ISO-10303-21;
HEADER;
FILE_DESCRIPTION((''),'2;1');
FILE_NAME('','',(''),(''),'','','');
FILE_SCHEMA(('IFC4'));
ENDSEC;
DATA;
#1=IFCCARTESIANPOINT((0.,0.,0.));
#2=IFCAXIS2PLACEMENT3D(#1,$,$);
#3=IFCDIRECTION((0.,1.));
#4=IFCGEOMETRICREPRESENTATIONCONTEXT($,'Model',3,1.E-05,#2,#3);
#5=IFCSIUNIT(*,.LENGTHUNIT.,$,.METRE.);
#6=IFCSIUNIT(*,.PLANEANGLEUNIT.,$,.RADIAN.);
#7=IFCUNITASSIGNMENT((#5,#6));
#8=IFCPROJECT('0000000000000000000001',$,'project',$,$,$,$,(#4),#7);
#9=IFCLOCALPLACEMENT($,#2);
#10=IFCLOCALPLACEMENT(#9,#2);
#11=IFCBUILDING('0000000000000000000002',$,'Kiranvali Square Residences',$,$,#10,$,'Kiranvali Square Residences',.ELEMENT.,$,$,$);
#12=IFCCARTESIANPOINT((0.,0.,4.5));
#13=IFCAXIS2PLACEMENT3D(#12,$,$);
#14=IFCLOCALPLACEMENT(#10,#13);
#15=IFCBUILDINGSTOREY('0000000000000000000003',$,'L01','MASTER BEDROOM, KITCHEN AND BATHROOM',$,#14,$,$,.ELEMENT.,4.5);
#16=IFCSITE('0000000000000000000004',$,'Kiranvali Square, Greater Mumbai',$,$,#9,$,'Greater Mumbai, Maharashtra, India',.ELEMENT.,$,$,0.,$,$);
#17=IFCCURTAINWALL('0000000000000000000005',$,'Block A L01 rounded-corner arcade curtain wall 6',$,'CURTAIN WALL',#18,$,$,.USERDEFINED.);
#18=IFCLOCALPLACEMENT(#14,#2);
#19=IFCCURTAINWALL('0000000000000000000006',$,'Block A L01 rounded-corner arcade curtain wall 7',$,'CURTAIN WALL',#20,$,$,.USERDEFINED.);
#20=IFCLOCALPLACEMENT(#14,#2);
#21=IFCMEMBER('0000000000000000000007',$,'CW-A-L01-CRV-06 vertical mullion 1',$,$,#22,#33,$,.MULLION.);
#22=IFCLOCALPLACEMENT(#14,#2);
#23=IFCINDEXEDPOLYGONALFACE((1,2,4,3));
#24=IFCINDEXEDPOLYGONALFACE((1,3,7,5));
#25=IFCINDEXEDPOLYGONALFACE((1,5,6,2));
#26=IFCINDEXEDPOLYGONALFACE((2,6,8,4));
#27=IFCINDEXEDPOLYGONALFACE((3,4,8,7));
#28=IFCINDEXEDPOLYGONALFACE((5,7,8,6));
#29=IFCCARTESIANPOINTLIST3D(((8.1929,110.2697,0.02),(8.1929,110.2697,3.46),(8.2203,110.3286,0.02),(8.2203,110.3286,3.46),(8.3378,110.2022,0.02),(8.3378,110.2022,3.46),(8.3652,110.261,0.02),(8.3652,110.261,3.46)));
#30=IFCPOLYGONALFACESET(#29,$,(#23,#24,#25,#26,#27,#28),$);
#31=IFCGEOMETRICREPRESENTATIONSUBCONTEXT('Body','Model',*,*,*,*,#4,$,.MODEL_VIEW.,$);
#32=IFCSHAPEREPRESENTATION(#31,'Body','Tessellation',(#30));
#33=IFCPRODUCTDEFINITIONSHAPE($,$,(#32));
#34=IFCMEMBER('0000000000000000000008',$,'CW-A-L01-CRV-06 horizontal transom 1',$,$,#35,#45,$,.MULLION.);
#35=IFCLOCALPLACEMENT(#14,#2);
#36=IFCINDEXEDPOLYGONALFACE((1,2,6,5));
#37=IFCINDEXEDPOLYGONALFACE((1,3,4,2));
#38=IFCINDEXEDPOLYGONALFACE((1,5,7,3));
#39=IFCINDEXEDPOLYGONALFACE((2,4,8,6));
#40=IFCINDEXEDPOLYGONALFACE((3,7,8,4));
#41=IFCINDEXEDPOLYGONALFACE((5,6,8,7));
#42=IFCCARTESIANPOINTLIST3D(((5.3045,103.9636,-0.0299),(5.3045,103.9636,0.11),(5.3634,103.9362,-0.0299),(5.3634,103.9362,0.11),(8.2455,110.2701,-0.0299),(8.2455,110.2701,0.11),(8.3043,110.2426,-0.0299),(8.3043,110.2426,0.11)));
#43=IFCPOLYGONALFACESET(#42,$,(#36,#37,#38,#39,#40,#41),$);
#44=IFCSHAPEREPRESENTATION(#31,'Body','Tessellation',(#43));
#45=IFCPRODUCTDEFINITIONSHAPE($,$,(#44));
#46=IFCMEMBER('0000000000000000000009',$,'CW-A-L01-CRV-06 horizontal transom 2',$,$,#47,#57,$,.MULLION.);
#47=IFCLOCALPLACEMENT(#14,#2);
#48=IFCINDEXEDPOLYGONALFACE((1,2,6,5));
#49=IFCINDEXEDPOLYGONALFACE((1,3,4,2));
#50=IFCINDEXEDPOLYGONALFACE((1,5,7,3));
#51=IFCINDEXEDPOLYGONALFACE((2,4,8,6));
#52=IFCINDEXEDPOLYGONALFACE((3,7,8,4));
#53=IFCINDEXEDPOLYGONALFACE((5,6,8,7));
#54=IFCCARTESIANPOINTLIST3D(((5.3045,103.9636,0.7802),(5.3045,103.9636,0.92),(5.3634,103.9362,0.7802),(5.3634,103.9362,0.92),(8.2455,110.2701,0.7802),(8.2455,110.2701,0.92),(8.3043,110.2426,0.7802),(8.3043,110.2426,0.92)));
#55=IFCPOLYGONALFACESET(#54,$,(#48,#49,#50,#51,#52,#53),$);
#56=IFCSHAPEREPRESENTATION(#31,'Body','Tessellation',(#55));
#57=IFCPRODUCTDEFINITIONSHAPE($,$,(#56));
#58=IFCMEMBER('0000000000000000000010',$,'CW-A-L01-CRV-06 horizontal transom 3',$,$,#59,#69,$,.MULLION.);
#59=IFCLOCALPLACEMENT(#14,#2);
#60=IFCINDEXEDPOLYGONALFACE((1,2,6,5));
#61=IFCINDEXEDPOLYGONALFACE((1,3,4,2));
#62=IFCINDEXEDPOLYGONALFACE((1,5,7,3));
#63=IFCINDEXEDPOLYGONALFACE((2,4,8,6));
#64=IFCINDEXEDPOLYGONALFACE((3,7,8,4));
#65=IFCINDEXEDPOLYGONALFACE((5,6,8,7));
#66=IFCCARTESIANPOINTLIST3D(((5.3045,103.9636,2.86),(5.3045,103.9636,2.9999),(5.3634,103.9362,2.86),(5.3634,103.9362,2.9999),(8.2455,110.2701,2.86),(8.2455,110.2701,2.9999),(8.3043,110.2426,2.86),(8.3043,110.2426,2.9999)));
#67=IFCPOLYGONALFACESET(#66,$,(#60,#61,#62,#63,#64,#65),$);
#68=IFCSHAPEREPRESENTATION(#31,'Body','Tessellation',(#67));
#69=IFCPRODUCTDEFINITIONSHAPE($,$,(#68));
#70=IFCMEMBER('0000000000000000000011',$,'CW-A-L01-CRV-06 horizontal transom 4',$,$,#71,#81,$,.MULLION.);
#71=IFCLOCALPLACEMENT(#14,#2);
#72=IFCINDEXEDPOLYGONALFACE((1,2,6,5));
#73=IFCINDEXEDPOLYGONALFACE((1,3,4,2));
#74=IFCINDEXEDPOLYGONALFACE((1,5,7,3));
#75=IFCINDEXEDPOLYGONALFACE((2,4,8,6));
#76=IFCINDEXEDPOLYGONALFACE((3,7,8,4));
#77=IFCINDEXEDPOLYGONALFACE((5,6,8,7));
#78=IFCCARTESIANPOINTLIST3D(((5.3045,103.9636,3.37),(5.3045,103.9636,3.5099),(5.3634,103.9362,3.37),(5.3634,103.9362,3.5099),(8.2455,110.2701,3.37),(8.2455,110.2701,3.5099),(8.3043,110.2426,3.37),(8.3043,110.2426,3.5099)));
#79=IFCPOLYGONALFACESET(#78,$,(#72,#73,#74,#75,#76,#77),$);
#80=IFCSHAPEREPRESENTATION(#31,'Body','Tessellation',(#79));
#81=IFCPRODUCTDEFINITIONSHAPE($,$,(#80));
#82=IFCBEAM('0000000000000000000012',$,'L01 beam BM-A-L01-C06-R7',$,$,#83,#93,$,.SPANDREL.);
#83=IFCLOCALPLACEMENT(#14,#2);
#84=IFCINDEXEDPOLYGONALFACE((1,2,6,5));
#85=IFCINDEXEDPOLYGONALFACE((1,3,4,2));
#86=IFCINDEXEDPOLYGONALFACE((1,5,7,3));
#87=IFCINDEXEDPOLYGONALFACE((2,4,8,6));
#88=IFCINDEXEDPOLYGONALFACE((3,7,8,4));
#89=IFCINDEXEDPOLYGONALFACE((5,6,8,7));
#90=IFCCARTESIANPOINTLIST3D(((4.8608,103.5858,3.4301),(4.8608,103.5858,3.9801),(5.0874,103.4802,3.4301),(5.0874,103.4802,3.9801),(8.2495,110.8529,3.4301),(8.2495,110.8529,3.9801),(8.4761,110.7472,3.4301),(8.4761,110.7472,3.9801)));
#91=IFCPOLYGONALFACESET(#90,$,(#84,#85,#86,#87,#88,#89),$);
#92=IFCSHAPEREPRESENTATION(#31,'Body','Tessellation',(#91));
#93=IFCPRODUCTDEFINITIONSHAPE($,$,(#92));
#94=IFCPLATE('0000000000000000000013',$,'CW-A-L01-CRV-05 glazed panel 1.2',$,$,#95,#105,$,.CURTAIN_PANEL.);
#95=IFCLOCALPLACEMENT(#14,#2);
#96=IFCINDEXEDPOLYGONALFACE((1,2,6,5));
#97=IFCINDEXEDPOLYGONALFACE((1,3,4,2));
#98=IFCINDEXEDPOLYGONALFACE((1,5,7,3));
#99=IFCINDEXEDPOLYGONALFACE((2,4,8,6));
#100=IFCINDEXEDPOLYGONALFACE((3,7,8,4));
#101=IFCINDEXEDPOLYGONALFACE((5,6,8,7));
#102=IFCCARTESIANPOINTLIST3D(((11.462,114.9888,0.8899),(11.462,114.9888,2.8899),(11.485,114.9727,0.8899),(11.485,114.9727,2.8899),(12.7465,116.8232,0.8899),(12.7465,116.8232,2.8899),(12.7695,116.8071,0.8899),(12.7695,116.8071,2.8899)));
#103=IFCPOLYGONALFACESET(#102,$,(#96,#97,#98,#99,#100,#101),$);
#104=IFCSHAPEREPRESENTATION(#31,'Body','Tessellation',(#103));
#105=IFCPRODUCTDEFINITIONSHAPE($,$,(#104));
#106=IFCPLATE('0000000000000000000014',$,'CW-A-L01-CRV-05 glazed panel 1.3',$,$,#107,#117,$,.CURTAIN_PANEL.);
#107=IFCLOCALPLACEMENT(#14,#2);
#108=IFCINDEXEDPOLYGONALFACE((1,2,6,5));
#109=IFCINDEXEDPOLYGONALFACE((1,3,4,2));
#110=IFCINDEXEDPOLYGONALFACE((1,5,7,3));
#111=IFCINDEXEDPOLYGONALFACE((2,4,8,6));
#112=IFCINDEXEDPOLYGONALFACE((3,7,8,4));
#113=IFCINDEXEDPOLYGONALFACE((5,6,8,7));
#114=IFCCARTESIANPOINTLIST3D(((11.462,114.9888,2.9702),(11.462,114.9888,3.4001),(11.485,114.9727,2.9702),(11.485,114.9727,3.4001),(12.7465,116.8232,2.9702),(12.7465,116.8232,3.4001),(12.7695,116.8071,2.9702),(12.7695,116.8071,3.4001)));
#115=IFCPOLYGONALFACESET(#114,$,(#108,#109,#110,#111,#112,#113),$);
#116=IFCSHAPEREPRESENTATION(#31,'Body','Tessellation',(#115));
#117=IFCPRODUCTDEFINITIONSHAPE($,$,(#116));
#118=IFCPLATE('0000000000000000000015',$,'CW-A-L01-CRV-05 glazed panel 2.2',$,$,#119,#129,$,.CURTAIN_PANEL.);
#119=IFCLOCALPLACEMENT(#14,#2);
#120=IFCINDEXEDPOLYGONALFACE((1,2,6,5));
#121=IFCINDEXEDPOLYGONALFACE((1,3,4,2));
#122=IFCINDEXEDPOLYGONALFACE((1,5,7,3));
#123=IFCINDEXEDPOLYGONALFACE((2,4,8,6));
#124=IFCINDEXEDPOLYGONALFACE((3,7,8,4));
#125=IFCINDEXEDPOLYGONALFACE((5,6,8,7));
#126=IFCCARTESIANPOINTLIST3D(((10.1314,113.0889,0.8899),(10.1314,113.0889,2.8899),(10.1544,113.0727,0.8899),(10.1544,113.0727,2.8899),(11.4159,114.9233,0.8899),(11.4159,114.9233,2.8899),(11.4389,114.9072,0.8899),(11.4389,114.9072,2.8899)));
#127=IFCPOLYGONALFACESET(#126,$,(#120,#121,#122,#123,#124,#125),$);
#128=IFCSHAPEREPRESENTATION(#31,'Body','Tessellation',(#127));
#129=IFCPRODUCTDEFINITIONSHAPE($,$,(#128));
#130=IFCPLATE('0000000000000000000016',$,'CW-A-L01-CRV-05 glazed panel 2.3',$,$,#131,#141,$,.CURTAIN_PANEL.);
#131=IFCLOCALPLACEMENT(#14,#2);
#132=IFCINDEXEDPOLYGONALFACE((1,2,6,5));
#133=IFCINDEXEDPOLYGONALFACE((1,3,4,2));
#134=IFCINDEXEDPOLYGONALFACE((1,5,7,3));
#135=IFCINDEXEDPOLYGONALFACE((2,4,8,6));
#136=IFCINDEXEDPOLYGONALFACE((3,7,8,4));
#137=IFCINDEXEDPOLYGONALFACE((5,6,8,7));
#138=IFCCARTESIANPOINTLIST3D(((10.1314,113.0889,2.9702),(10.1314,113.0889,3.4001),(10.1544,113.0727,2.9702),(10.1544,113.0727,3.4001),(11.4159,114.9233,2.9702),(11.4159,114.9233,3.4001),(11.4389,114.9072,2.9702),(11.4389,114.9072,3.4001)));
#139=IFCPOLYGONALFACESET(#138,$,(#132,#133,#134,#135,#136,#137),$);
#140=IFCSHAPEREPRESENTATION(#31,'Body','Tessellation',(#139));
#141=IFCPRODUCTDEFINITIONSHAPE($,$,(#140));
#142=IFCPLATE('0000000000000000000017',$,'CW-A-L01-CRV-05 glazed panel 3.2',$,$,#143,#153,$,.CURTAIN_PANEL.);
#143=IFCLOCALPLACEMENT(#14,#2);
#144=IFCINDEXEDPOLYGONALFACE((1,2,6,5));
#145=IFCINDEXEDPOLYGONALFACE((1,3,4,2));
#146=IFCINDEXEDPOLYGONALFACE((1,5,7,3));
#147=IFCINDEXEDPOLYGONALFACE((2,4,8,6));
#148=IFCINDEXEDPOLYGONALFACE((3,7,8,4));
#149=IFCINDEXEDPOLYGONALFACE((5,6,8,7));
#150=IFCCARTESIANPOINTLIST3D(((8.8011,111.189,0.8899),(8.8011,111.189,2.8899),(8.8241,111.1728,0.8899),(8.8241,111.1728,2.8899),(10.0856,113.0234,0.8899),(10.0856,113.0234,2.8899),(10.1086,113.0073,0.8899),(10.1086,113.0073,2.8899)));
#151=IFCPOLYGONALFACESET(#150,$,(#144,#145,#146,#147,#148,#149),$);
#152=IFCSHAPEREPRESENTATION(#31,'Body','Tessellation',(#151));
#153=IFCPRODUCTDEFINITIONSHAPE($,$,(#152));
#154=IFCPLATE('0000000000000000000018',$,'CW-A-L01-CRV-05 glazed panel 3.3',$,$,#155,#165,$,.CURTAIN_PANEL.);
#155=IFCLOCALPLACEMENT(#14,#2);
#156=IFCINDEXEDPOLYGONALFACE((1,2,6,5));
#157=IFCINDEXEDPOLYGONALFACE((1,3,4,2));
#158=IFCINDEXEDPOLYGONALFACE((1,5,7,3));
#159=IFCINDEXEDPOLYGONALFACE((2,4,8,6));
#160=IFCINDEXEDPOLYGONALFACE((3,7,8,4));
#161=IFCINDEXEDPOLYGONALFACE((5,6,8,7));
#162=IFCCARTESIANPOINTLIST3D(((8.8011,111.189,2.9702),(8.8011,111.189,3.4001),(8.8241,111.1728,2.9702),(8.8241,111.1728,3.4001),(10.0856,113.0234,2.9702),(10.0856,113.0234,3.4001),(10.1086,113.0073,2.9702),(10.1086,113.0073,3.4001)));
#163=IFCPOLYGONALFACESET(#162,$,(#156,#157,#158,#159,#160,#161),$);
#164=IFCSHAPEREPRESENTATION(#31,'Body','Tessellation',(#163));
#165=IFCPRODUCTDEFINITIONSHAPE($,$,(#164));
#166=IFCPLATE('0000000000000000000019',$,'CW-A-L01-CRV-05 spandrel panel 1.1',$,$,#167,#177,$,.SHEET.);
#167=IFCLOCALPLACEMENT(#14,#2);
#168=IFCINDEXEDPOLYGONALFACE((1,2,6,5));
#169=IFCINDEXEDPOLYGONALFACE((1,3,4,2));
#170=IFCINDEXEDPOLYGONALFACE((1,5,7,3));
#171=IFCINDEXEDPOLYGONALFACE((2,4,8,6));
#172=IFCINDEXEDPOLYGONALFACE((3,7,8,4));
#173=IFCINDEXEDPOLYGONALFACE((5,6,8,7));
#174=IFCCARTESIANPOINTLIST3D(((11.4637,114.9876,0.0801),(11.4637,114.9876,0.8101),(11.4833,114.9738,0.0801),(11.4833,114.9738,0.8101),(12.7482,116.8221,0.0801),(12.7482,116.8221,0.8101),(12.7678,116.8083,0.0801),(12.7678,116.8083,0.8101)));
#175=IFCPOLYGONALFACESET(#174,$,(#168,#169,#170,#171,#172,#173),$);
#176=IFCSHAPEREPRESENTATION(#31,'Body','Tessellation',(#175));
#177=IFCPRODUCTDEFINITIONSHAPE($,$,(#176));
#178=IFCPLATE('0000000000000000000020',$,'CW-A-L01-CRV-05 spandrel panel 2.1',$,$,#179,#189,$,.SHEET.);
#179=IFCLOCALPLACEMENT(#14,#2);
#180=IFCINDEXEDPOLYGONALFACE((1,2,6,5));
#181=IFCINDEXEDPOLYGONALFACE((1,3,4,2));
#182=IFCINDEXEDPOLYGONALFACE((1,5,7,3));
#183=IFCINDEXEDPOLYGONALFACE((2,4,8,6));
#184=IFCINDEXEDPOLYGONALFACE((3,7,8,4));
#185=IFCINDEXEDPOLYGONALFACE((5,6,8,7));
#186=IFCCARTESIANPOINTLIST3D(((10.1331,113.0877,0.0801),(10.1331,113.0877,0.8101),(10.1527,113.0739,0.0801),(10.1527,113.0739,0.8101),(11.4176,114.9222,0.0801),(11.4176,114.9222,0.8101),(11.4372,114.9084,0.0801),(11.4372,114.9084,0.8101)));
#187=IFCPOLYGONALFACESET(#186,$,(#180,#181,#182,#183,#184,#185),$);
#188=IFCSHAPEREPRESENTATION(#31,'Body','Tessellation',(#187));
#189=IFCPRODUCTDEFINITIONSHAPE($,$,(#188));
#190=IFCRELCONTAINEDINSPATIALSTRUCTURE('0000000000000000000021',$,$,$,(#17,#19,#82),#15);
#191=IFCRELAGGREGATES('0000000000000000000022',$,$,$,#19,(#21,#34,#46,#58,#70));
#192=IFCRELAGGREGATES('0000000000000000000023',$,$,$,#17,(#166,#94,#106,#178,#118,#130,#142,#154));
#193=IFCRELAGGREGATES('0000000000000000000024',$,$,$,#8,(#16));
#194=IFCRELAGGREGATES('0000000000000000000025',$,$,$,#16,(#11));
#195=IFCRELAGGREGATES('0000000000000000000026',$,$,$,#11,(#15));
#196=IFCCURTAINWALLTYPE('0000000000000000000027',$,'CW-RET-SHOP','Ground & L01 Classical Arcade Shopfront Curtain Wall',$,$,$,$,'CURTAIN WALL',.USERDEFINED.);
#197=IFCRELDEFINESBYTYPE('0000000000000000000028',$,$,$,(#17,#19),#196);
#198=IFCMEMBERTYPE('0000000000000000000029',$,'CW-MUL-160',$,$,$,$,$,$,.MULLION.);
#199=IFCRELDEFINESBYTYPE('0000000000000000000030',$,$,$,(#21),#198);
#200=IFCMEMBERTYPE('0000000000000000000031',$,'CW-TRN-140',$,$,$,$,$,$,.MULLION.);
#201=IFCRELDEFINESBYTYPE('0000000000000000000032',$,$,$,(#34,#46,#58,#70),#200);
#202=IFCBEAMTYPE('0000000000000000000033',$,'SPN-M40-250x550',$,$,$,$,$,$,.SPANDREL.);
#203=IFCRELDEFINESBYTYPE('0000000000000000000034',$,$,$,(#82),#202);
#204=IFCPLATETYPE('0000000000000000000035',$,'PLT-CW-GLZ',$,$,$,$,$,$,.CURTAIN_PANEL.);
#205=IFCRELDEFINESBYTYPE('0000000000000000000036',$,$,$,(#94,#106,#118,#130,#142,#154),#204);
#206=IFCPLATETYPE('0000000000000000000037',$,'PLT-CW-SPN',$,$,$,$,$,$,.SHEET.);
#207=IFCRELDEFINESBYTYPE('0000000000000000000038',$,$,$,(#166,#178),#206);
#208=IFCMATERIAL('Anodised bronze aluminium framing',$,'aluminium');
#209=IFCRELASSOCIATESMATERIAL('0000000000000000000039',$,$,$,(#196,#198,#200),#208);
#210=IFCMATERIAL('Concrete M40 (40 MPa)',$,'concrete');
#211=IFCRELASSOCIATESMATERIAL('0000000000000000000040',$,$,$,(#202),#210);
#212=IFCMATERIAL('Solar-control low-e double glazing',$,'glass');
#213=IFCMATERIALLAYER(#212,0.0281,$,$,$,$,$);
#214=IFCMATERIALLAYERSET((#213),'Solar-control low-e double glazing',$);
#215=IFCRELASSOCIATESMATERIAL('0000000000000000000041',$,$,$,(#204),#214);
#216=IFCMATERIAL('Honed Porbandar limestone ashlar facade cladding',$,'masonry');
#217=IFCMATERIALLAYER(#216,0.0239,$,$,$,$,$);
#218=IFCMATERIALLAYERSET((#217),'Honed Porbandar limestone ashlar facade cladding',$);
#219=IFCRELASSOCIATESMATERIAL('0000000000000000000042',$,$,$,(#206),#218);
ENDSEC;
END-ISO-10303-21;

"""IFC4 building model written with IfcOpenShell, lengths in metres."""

from ifc_helpers import new_model, si_unit, direction, frame, origin, origin_2d, place, context, subcontext, project, spatial, rectangle, extrude, material, layer, layer_set, material_profile, profile_set, type_object, element, aggregate, save


model = new_model("IFC4")

# Units and contexts
model_context = context("Model", 3, precision=1e-05, world=origin(), true_north=direction((0.0, 1.0)))
body_context = subcontext(model_context, "Body", "Model", "MODEL_VIEW")
ifc_project = project(units=[si_unit("LENGTHUNIT", "METRE"), si_unit("PLANEANGLEUNIT", "RADIAN")], contexts=[model_context])

# Site, building, storey
site_placement = place(None, origin())
site = spatial("IfcSite", under=ifc_project, at=site_placement, Name="Kiranvali Square, Greater Mumbai", LongName="Greater Mumbai, Maharashtra, India", CompositionType="ELEMENT", RefElevation=0.0)
building_placement = place(site_placement, origin())
building = spatial("IfcBuilding", under=site, at=building_placement, Name="Kiranvali Square Residences", LongName="Kiranvali Square Residences", CompositionType="ELEMENT")
storey_placement = place(building_placement, frame((0.0, 0.0, 4.5)))
storey = spatial("IfcBuildingStorey", under=building, at=storey_placement, Name="L01", Description="MASTER BEDROOM, KITCHEN AND BATHROOM", CompositionType="ELEMENT", Elevation=4.5)

# Shared definitions
ifc_material_1 = material(Name="Concrete M40 (40 MPa)", Category="concrete")

# Curtain walls, members
ifc_material_2 = material(Name="Anodised bronze aluminium framing", Category="aluminium")
curtain_wall_type = type_object("IfcCurtainWallType", Name="CW-RET-SHOP", Description="Ground & L01 Classical Arcade Shopfront Curtain Wall", ElementType="CURTAIN WALL", PredefinedType="USERDEFINED", material=ifc_material_2)
curtain_wall_1_placement = place(storey_placement, origin())
curtain_wall_1 = element("IfcCurtainWall", 1, at=curtain_wall_1_placement, inside=storey, type_object=curtain_wall_type, Name="Block A L01 rounded-corner arcade curtain wall 6", ObjectType="CURTAIN WALL", PredefinedType="USERDEFINED")
ifc_material_profile_1 = material_profile(ifc_material_2, rectangle(XDim=0.0649, YDim=0.1599, at=origin_2d()), Name="ALU 65x160")
ifc_profile_set_1 = profile_set([ifc_material_profile_1], Name="Anodised bronze aluminium framing")
member_type_1 = type_object("IfcMemberType", Name="CW-MUL-160", PredefinedType="MULLION", material=ifc_profile_set_1)
curtain_wall_2_placement = place(storey_placement, origin())
curtain_wall_2 = element("IfcCurtainWall", 2, at=curtain_wall_2_placement, inside=storey, type_object=curtain_wall_type, Name="Block A L01 rounded-corner arcade curtain wall 7", ObjectType="CURTAIN WALL", PredefinedType="USERDEFINED")
member_1_placement = place(storey_placement, frame((8.2791, 110.2654, 0.02), z_axis=(0.0, 0.0, 1.0), x_axis=(-0.422618, -0.906308, 0.0)))
member_1 = element("IfcMember", 3, at=member_1_placement, type_object=member_type_1, Name="CW-A-L01-CRV-06 vertical mullion 1", PredefinedType="MULLION", context=body_context, shape_type="SweptSolid", body=[
    extrude(rectangle(XDim=0.0649, YDim=0.1599, at=origin_2d()), origin(), (0.0, 0.0, 1.0), 3.4399),
])
ifc_material_profile_2 = material_profile(ifc_material_2, rectangle(XDim=0.0649, YDim=0.1399, at=origin_2d()), Name="ALU 65x140")
ifc_profile_set_2 = profile_set([ifc_material_profile_2], Name="Anodised bronze aluminium framing")
member_type_2 = type_object("IfcMemberType", Name="CW-TRN-140", PredefinedType="MULLION", material=ifc_profile_set_2)
member_2_placement = place(storey_placement, frame((8.2749, 110.2563, 0.04), z_axis=(-0.422642, -0.906297, 0.0), x_axis=(0.906297, -0.422642, 0.0)))
member_2 = element("IfcMember", 4, at=member_2_placement, type_object=member_type_2, Name="CW-A-L01-CRV-06 horizontal transom 1", PredefinedType="MULLION", context=body_context, shape_type="SweptSolid", body=[
    extrude(rectangle(XDim=0.0649, YDim=0.1399, at=origin_2d()), origin(), (0.0, 0.0, 1.0), 6.9585),
])
member_3_placement = place(storey_placement, frame((8.2749, 110.2563, 0.8501), z_axis=(-0.422642, -0.906297, 0.0), x_axis=(0.906297, -0.422642, 0.0)))
member_3 = element("IfcMember", 5, at=member_3_placement, type_object=member_type_2, Name="CW-A-L01-CRV-06 horizontal transom 2", PredefinedType="MULLION", context=body_context, shape_type="SweptSolid", body=[
    extrude(rectangle(XDim=0.0649, YDim=0.1399, at=origin_2d()), origin(), (0.0, 0.0, 1.0), 6.9585),
])
member_4_placement = place(storey_placement, frame((8.2749, 110.2563, 2.9299), z_axis=(-0.422642, -0.906297, 0.0), x_axis=(0.906297, -0.422642, 0.0)))
member_4 = element("IfcMember", 6, at=member_4_placement, type_object=member_type_2, Name="CW-A-L01-CRV-06 horizontal transom 3", PredefinedType="MULLION", context=body_context, shape_type="SweptSolid", body=[
    extrude(rectangle(XDim=0.0649, YDim=0.1399, at=origin_2d()), origin(), (0.0, 0.0, 1.0), 6.9585),
])
member_5_placement = place(storey_placement, frame((8.2749, 110.2563, 3.4399), z_axis=(-0.422642, -0.906297, 0.0), x_axis=(0.906297, -0.422642, 0.0)))
member_5 = element("IfcMember", 7, at=member_5_placement, type_object=member_type_2, Name="CW-A-L01-CRV-06 horizontal transom 4", PredefinedType="MULLION", context=body_context, shape_type="SweptSolid", body=[
    extrude(rectangle(XDim=0.0649, YDim=0.1399, at=origin_2d()), origin(), (0.0, 0.0, 1.0), 6.9585),
])
aggregate(curtain_wall_2, [member_1, member_2, member_3, member_4, member_5])

# Beam
ifc_material_profile_3 = material_profile(ifc_material_1, rectangle(XDim=0.25, YDim=0.55, at=origin_2d()), Name="RC 250x550")
ifc_profile_set_3 = profile_set([ifc_material_profile_3], Name="Concrete M40 (40 MPa)")
beam_type_1 = type_object("IfcBeamType", Name="SPN-M40-250x550", PredefinedType="SPANDREL", material=ifc_profile_set_3)
beam_1_placement = place(storey_placement, frame((8.3628, 110.8, 3.7051), z_axis=(-0.422615, -0.906309, 0.0), x_axis=(0.906309, -0.422615, 0.0)))
element("IfcBeam", 8, at=beam_1_placement, inside=storey, type_object=beam_type_1, Name="L01 beam BM-A-L01-C06-R7", PredefinedType="SPANDREL", context=body_context, shape_type="SweptSolid", body=[
    extrude(rectangle(XDim=0.25, YDim=0.55, at=origin_2d()), origin(), (0.0, 0.0, 1.0), 8.0183),
])

# Plates
ifc_material_3 = material(Name="Solar-control low-e double glazing", Category="glass")
ifc_layer_1 = layer(ifc_material_3, 0.0281)
ifc_layer_set_1 = layer_set([ifc_layer_1], Name="Solar-control low-e double glazing")
plate_type_1 = type_object("IfcPlateType", Name="PLT-CW-GLZ", PredefinedType="CURTAIN_PANEL", material=ifc_layer_set_1)
plate_1_placement = place(storey_placement, frame((12.1157, 115.8979, 0.8899), z_axis=(0.0, 0.0, 1.0), x_axis=(-0.573576, -0.819152, 0.0)))
plate_1 = element("IfcPlate", 9, at=plate_1_placement, type_object=plate_type_1, Name="CW-A-L01-CRV-05 glazed panel 1.2", PredefinedType="CURTAIN_PANEL", context=body_context, shape_type="SweptSolid", body=[
    extrude(rectangle(XDim=2.2395, YDim=0.0281, at=origin_2d()), origin(), (0.0, 0.0, 1.0), 2.0),
])
plate_2_placement = place(storey_placement, frame((12.1157, 115.8979, 2.9702), z_axis=(0.0, 0.0, 1.0), x_axis=(-0.573576, -0.819152, 0.0)))
plate_2 = element("IfcPlate", 10, at=plate_2_placement, type_object=plate_type_1, Name="CW-A-L01-CRV-05 glazed panel 1.3", PredefinedType="CURTAIN_PANEL", context=body_context, shape_type="SweptSolid", body=[
    extrude(rectangle(XDim=2.2395, YDim=0.0281, at=origin_2d()), origin(), (0.0, 0.0, 1.0), 0.4299),
])
plate_3_placement = place(storey_placement, frame((10.7852, 113.998, 0.8899), z_axis=(0.0, 0.0, 1.0), x_axis=(-0.573576, -0.819152, 0.0)))
plate_3 = element("IfcPlate", 11, at=plate_3_placement, type_object=plate_type_1, Name="CW-A-L01-CRV-05 glazed panel 2.2", PredefinedType="CURTAIN_PANEL", context=body_context, shape_type="SweptSolid", body=[
    extrude(rectangle(XDim=2.2395, YDim=0.0281, at=origin_2d()), origin(), (0.0, 0.0, 1.0), 2.0),
])
plate_4_placement = place(storey_placement, frame((10.7852, 113.998, 2.9702), z_axis=(0.0, 0.0, 1.0), x_axis=(-0.573576, -0.819152, 0.0)))
plate_4 = element("IfcPlate", 12, at=plate_4_placement, type_object=plate_type_1, Name="CW-A-L01-CRV-05 glazed panel 2.3", PredefinedType="CURTAIN_PANEL", context=body_context, shape_type="SweptSolid", body=[
    extrude(rectangle(XDim=2.2395, YDim=0.0281, at=origin_2d()), origin(), (0.0, 0.0, 1.0), 0.4299),
])
plate_5_placement = place(storey_placement, frame((9.4548, 112.0981, 0.8899), z_axis=(0.0, 0.0, 1.0), x_axis=(-0.573576, -0.819152, 0.0)))
plate_5 = element("IfcPlate", 13, at=plate_5_placement, type_object=plate_type_1, Name="CW-A-L01-CRV-05 glazed panel 3.2", PredefinedType="CURTAIN_PANEL", context=body_context, shape_type="SweptSolid", body=[
    extrude(rectangle(XDim=2.2395, YDim=0.0281, at=origin_2d()), origin(), (0.0, 0.0, 1.0), 2.0),
])
plate_6_placement = place(storey_placement, frame((9.4548, 112.0981, 2.9702), z_axis=(0.0, 0.0, 1.0), x_axis=(-0.573576, -0.819152, 0.0)))
plate_6 = element("IfcPlate", 14, at=plate_6_placement, type_object=plate_type_1, Name="CW-A-L01-CRV-05 glazed panel 3.3", PredefinedType="CURTAIN_PANEL", context=body_context, shape_type="SweptSolid", body=[
    extrude(rectangle(XDim=2.2395, YDim=0.0281, at=origin_2d()), origin(), (0.0, 0.0, 1.0), 0.4299),
])
ifc_material_4 = material(Name="Honed Porbandar limestone ashlar facade cladding", Category="masonry")
ifc_layer_2 = layer(ifc_material_4, 0.0239)
ifc_layer_set_2 = layer_set([ifc_layer_2], Name="Honed Porbandar limestone ashlar facade cladding")
plate_type_2 = type_object("IfcPlateType", Name="PLT-CW-SPN", PredefinedType="SHEET", material=ifc_layer_set_2)
plate_7_placement = place(storey_placement, frame((12.1157, 115.8979, 0.0801), z_axis=(0.0, 0.0, 1.0), x_axis=(-0.573576, -0.819152, 0.0)))
plate_7 = element("IfcPlate", 15, at=plate_7_placement, type_object=plate_type_2, Name="CW-A-L01-CRV-05 spandrel panel 1.1", PredefinedType="SHEET", context=body_context, shape_type="SweptSolid", body=[
    extrude(rectangle(XDim=2.2395, YDim=0.0239, at=origin_2d()), origin(), (0.0, 0.0, 1.0), 0.73),
])
plate_8_placement = place(storey_placement, frame((10.7852, 113.998, 0.0801), z_axis=(0.0, 0.0, 1.0), x_axis=(-0.573576, -0.819152, 0.0)))
plate_8 = element("IfcPlate", 16, at=plate_8_placement, type_object=plate_type_2, Name="CW-A-L01-CRV-05 spandrel panel 2.1", PredefinedType="SHEET", context=body_context, shape_type="SweptSolid", body=[
    extrude(rectangle(XDim=2.2395, YDim=0.0239, at=origin_2d()), origin(), (0.0, 0.0, 1.0), 0.73),
])
aggregate(curtain_wall_1, [plate_7, plate_1, plate_2, plate_8, plate_3, plate_4, plate_5, plate_6])

save(model, "model.ifc")
